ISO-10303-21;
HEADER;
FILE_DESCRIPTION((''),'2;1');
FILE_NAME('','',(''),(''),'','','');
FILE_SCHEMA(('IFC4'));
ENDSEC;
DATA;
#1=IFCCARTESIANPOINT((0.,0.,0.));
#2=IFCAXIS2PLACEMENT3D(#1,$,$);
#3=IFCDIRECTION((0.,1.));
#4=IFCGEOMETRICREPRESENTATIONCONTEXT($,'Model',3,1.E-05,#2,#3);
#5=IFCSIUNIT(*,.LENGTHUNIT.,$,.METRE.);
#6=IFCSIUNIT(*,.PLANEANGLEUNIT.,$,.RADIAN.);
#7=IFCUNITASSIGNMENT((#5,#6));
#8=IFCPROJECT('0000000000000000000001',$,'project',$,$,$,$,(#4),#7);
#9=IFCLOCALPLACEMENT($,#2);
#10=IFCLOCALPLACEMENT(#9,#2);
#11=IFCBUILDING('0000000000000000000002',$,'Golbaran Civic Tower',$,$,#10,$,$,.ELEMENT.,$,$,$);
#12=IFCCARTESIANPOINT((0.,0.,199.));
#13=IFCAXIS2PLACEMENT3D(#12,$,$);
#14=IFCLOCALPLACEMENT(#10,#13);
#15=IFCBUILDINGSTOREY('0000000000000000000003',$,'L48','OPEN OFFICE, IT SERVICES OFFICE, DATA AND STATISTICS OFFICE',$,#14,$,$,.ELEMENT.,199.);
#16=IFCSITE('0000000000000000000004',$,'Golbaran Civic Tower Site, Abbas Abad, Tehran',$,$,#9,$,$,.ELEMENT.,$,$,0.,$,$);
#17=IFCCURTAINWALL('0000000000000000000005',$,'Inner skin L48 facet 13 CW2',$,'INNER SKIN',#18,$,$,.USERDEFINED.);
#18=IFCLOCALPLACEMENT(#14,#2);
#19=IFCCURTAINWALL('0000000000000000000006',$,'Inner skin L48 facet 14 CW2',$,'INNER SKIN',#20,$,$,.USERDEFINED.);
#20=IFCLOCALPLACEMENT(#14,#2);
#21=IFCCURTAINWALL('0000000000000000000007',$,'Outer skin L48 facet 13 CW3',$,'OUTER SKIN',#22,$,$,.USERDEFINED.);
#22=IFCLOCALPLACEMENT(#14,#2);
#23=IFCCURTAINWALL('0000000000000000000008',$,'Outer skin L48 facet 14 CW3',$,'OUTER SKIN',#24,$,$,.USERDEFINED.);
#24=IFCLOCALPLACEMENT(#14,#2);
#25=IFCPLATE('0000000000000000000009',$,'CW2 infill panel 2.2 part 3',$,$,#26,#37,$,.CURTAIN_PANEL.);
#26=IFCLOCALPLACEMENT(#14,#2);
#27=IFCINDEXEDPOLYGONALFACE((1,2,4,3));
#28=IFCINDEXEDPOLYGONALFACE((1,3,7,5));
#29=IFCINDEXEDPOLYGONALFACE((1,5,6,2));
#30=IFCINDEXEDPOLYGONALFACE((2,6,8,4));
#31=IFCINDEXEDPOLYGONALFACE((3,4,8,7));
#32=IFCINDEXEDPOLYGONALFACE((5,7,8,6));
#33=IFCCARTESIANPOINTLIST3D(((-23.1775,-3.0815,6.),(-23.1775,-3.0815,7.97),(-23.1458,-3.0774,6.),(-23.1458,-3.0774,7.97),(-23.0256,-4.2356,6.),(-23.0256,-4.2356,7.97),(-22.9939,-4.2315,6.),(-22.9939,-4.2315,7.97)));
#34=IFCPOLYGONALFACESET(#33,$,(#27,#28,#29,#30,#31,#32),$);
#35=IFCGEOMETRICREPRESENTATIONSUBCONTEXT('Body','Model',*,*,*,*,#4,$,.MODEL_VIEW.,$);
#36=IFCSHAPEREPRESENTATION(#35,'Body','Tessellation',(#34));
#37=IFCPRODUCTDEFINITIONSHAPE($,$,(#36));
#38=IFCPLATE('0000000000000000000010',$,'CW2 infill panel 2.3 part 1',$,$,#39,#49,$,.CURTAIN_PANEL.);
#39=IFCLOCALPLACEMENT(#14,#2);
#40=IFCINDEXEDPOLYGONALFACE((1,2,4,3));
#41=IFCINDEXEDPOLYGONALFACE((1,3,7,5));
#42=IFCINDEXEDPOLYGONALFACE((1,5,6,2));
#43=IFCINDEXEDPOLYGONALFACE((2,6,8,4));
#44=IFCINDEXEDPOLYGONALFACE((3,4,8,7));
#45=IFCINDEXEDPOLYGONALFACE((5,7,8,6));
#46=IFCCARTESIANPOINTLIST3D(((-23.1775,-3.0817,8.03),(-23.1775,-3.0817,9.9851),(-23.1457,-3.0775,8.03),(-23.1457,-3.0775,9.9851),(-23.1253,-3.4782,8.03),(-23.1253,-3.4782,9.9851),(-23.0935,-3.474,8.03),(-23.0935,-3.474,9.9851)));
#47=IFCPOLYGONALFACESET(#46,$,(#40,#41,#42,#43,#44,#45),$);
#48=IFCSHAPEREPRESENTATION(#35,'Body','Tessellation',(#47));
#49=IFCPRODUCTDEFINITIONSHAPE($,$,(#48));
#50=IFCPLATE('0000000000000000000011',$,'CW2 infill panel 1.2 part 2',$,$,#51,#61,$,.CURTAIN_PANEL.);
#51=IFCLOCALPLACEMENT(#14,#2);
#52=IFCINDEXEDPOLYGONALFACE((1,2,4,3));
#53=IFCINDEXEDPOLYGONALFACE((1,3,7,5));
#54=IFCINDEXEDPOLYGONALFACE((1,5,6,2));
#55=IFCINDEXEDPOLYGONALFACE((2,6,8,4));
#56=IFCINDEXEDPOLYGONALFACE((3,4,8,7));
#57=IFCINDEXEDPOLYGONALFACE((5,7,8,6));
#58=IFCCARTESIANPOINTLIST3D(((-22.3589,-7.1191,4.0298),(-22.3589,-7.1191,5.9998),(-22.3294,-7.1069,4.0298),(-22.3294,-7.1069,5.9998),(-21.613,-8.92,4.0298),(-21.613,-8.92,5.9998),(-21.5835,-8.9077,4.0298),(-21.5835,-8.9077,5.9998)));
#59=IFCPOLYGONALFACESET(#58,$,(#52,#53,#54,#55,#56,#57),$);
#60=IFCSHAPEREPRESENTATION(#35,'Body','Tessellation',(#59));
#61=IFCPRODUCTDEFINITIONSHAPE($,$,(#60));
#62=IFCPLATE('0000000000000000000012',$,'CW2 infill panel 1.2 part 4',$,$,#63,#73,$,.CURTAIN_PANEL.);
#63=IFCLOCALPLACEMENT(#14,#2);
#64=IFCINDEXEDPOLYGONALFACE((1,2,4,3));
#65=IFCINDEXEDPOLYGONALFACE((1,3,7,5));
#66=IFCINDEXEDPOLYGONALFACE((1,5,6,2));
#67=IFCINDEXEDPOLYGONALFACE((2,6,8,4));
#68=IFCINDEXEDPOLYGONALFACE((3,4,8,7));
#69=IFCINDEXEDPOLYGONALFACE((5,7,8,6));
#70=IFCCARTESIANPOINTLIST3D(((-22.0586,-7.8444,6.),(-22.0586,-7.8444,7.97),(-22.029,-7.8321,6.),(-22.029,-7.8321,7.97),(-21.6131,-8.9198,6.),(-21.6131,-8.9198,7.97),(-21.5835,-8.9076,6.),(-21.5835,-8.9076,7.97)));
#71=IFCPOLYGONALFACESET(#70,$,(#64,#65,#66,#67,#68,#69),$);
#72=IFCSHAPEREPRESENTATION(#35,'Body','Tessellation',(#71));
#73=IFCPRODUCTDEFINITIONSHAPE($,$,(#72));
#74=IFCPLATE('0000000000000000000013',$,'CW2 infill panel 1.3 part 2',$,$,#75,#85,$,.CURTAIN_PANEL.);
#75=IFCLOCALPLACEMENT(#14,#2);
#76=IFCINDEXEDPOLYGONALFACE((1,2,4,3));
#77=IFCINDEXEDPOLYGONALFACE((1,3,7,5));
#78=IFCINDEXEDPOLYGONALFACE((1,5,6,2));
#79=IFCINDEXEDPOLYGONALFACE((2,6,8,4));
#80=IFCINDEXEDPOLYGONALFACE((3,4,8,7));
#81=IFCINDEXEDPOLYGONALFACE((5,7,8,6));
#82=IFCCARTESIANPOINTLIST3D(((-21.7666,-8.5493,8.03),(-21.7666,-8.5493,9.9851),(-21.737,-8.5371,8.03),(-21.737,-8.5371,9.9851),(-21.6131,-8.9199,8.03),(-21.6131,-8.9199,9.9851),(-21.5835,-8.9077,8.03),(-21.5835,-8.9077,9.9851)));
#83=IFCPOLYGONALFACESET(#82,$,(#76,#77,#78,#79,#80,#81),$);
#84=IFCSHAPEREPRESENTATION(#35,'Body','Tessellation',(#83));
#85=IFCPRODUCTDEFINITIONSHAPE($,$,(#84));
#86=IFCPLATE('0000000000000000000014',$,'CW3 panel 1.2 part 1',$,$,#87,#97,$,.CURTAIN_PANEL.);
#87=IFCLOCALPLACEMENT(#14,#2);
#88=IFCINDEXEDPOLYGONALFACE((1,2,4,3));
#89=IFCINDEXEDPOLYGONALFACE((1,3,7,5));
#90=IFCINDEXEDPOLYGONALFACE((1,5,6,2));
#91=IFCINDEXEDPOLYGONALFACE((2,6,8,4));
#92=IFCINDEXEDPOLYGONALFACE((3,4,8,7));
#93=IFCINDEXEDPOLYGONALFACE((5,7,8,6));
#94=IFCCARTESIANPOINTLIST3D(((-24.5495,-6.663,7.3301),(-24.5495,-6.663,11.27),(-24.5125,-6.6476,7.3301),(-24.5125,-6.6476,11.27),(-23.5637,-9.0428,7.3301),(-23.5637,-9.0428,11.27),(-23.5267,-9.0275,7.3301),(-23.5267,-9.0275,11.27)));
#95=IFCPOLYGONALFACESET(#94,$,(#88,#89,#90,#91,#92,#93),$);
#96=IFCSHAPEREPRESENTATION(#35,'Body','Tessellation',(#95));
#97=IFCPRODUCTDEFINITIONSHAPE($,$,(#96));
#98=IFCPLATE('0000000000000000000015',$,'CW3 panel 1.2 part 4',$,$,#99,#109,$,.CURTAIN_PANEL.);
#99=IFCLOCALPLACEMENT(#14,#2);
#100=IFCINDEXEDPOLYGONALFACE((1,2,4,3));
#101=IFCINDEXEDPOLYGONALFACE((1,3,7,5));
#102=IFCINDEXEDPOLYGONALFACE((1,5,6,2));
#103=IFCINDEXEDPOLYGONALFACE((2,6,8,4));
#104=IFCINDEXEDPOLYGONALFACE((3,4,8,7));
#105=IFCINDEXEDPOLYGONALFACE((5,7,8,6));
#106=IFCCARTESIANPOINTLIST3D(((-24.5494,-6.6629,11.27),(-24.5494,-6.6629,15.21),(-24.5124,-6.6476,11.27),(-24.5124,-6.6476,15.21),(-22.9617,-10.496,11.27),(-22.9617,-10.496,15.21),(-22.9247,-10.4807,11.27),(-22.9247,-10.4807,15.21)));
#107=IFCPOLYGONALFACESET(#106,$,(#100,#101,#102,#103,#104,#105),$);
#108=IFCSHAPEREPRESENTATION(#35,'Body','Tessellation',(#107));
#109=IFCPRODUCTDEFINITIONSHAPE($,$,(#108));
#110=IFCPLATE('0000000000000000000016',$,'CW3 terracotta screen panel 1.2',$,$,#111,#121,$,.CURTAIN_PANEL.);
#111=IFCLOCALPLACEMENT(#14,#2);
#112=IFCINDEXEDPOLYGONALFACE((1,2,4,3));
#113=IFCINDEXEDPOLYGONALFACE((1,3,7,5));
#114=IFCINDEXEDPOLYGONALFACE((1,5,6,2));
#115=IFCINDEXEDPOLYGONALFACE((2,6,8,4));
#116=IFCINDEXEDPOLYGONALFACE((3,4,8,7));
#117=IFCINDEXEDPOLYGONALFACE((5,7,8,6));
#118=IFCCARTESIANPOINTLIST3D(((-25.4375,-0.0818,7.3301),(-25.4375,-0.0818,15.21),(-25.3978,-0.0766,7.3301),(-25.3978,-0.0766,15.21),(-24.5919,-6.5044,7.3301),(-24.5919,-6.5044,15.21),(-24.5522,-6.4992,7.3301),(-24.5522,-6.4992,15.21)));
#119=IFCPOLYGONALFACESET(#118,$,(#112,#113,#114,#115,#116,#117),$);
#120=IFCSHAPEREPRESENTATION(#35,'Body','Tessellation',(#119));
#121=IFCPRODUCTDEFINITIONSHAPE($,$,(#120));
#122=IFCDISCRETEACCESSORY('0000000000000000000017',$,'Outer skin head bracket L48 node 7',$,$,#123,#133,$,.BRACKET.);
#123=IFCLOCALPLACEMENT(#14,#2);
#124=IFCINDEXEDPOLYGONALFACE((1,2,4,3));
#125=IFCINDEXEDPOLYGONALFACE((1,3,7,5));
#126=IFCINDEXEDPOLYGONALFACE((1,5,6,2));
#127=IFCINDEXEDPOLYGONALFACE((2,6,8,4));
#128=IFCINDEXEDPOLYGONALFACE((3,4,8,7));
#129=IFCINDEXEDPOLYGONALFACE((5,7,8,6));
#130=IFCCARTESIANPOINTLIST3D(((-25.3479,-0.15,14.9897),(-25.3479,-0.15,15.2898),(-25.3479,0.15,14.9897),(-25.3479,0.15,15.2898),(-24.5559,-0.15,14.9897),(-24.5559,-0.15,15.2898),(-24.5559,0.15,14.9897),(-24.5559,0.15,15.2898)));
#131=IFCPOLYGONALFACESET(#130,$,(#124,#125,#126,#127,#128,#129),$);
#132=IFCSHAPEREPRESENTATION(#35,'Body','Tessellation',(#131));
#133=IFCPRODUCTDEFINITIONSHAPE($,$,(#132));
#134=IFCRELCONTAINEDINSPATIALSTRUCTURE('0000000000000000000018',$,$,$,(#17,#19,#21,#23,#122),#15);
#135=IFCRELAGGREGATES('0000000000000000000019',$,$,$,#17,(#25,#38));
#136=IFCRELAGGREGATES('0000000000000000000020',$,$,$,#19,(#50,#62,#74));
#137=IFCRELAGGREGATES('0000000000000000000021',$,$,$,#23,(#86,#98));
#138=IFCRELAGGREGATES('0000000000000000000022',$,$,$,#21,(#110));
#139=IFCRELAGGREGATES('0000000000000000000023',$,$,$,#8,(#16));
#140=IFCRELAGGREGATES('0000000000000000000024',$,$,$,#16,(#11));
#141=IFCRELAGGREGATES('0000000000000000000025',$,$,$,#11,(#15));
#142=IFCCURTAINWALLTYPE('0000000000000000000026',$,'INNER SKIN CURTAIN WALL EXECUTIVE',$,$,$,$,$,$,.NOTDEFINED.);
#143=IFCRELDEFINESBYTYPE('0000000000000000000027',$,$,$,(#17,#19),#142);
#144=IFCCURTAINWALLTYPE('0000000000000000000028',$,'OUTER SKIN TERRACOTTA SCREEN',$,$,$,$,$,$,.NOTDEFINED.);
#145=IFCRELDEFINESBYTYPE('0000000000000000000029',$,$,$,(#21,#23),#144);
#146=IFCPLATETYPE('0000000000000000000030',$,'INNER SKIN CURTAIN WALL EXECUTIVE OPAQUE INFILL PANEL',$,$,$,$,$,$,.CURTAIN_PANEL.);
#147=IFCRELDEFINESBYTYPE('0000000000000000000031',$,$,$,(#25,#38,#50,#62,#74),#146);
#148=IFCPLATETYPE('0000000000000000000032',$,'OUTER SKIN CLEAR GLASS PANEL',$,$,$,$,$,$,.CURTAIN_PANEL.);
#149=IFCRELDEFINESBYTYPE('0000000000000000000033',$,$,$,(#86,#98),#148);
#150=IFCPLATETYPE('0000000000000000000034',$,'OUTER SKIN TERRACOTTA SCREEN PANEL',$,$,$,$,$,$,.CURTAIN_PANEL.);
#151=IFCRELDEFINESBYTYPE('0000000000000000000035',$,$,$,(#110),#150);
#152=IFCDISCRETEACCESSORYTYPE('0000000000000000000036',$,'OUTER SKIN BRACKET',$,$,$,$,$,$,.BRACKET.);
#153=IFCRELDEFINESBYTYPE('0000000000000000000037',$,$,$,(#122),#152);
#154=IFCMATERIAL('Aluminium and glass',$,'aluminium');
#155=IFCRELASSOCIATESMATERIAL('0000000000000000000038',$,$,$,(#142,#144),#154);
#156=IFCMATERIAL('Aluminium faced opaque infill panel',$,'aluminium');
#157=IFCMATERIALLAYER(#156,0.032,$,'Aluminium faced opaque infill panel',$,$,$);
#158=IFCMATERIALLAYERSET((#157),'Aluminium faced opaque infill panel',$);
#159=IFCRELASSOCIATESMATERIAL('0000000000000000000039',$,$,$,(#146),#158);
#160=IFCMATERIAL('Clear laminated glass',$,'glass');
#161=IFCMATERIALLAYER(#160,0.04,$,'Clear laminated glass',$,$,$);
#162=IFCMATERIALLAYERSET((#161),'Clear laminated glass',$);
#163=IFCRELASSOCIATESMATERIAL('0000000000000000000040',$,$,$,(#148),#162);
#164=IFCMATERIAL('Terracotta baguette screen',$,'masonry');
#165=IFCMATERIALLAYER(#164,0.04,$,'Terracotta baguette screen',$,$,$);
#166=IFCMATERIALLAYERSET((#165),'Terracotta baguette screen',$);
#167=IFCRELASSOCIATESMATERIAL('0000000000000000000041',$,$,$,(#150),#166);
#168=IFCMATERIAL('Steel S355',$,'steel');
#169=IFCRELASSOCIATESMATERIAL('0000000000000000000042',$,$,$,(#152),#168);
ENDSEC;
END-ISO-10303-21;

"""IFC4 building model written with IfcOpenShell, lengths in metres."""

from ifc_helpers import new_model, si_unit, direction, frame, origin, origin_2d, place, context, subcontext, project, spatial, rectangle, extrude, material, layer, layer_set, type_object, element, aggregate, save


model = new_model("IFC4")

# Units and contexts
model_context = context("Model", 3, precision=1e-05, world=origin(), true_north=direction((0.0, 1.0)))
body_context = subcontext(model_context, "Body", "Model", "MODEL_VIEW")
ifc_project = project(units=[si_unit("LENGTHUNIT", "METRE"), si_unit("PLANEANGLEUNIT", "RADIAN")], contexts=[model_context])

# Site, building, storey
site_placement = place(None, origin())
site = spatial("IfcSite", under=ifc_project, at=site_placement, Name="Golbaran Civic Tower Site, Abbas Abad, Tehran", CompositionType="ELEMENT", RefElevation=0.0)
building_placement = place(site_placement, origin())
building = spatial("IfcBuilding", under=site, at=building_placement, Name="Golbaran Civic Tower", CompositionType="ELEMENT")
storey_placement = place(building_placement, frame((0.0, 0.0, 199.0)))
storey = spatial("IfcBuildingStorey", under=building, at=storey_placement, Name="L48", Description="OPEN OFFICE, IT SERVICES OFFICE, DATA AND STATISTICS OFFICE", CompositionType="ELEMENT", Elevation=199.0)

# Curtain walls
ifc_material_1 = material(Name="Aluminium and glass", Category="aluminium")
curtain_wall_type_1 = type_object("IfcCurtainWallType", Name="INNER SKIN CURTAIN WALL EXECUTIVE", PredefinedType="NOTDEFINED", material=ifc_material_1)
curtain_wall_1_placement = place(storey_placement, origin())
curtain_wall_1 = element("IfcCurtainWall", 1, at=curtain_wall_1_placement, inside=storey, type_object=curtain_wall_type_1, Name="Inner skin L48 facet 13 CW2", ObjectType="INNER SKIN", PredefinedType="USERDEFINED")
curtain_wall_2_placement = place(storey_placement, origin())
curtain_wall_2 = element("IfcCurtainWall", 2, at=curtain_wall_2_placement, inside=storey, type_object=curtain_wall_type_1, Name="Inner skin L48 facet 14 CW2", ObjectType="INNER SKIN", PredefinedType="USERDEFINED")
curtain_wall_type_2 = type_object("IfcCurtainWallType", Name="OUTER SKIN TERRACOTTA SCREEN", PredefinedType="NOTDEFINED", material=ifc_material_1)
curtain_wall_3_placement = place(storey_placement, origin())
curtain_wall_3 = element("IfcCurtainWall", 3, at=curtain_wall_3_placement, inside=storey, type_object=curtain_wall_type_2, Name="Outer skin L48 facet 13 CW3", ObjectType="OUTER SKIN", PredefinedType="USERDEFINED")
curtain_wall_4_placement = place(storey_placement, origin())
curtain_wall_4 = element("IfcCurtainWall", 4, at=curtain_wall_4_placement, inside=storey, type_object=curtain_wall_type_2, Name="Outer skin L48 facet 14 CW3", ObjectType="OUTER SKIN", PredefinedType="USERDEFINED")

# Plates
ifc_material_2 = material(Name="Aluminium faced opaque infill panel", Category="aluminium")
ifc_layer_1 = layer(ifc_material_2, 0.032, Name="Aluminium faced opaque infill panel")
ifc_layer_set_1 = layer_set([ifc_layer_1], Name="Aluminium faced opaque infill panel")
plate_type_1 = type_object("IfcPlateType", Name="INNER SKIN CURTAIN WALL EXECUTIVE OPAQUE INFILL PANEL", PredefinedType="CURTAIN_PANEL", material=ifc_layer_set_1)
plate_1_placement = place(storey_placement, frame((-23.0857, -3.6565, 6.0), z_axis=(0.0, 0.0, 1.0), x_axis=(0.130526, -0.991445, 0.0)))
plate_1 = element("IfcPlate", 5, at=plate_1_placement, type_object=plate_type_1, Name="CW2 infill panel 2.2 part 3", PredefinedType="CURTAIN_PANEL", context=body_context, shape_type="SweptSolid", body=[
    extrude(rectangle(XDim=1.1641, YDim=0.032, at=origin_2d()), origin(), (0.0, 0.0, 1.0), 1.97),
])
plate_2_placement = place(storey_placement, frame((-23.1355, -3.2778, 8.03), z_axis=(0.0, 0.0, 1.0), x_axis=(0.130526, -0.991445, 0.0)))
plate_2 = element("IfcPlate", 6, at=plate_2_placement, type_object=plate_type_1, Name="CW2 infill panel 2.3 part 1", PredefinedType="CURTAIN_PANEL", context=body_context, shape_type="SweptSolid", body=[
    extrude(rectangle(XDim=0.3999, YDim=0.032, at=origin_2d()), origin(), (0.0, 0.0, 1.0), 1.9551),
])
aggregate(curtain_wall_1, [plate_1, plate_2])
plate_3_placement = place(storey_placement, frame((-21.9712, -8.0134, 4.0298), z_axis=(0.0, 0.0, 1.0), x_axis=(0.382683, -0.92388, 0.0)))
plate_3 = element("IfcPlate", 7, at=plate_3_placement, type_object=plate_type_1, Name="CW2 infill panel 1.2 part 2", PredefinedType="CURTAIN_PANEL", context=body_context, shape_type="SweptSolid", body=[
    extrude(rectangle(XDim=1.9492, YDim=0.032, at=origin_2d()), origin(), (0.0, 0.0, 1.0), 1.97),
])
plate_4_placement = place(storey_placement, frame((-21.821, -8.376, 6.0), z_axis=(0.0, 0.0, 1.0), x_axis=(0.382683, -0.92388, 0.0)))
plate_4 = element("IfcPlate", 8, at=plate_4_placement, type_object=plate_type_1, Name="CW2 infill panel 1.2 part 4", PredefinedType="CURTAIN_PANEL", context=body_context, shape_type="SweptSolid", body=[
    extrude(rectangle(XDim=1.1641, YDim=0.032, at=origin_2d()), origin(), (0.0, 0.0, 1.0), 1.97),
])
plate_5_placement = place(storey_placement, frame((-21.675, -8.7285, 8.03), z_axis=(0.0, 0.0, 1.0), x_axis=(0.382683, -0.92388, 0.0)))
plate_5 = element("IfcPlate", 9, at=plate_5_placement, type_object=plate_type_1, Name="CW2 infill panel 1.3 part 2", PredefinedType="CURTAIN_PANEL", context=body_context, shape_type="SweptSolid", body=[
    extrude(rectangle(XDim=0.4011, YDim=0.032, at=origin_2d()), origin(), (0.0, 0.0, 1.0), 1.9551),
])
aggregate(curtain_wall_2, [plate_3, plate_4, plate_5])
ifc_material_3 = material(Name="Clear laminated glass", Category="glass")
ifc_layer_2 = layer(ifc_material_3, 0.04, Name="Clear laminated glass")
ifc_layer_set_2 = layer_set([ifc_layer_2], Name="Clear laminated glass")
plate_type_2 = type_object("IfcPlateType", Name="OUTER SKIN CLEAR GLASS PANEL", PredefinedType="CURTAIN_PANEL", material=ifc_layer_set_2)
plate_6_placement = place(storey_placement, frame((-24.0381, -7.8452, 7.3301), z_axis=(0.0, 0.0, 1.0), x_axis=(0.382683, -0.92388, 0.0)))
plate_6 = element("IfcPlate", 10, at=plate_6_placement, type_object=plate_type_2, Name="CW3 panel 1.2 part 1", PredefinedType="CURTAIN_PANEL", context=body_context, shape_type="SweptSolid", body=[
    extrude(rectangle(XDim=2.5759, YDim=0.04, at=origin_2d()), origin(), (0.0, 0.0, 1.0), 3.9399),
])
plate_7_placement = place(storey_placement, frame((-23.7371, -8.5718, 11.27), z_axis=(0.0, 0.0, 1.0), x_axis=(0.382683, -0.92388, 0.0)))
plate_7 = element("IfcPlate", 11, at=plate_7_placement, type_object=plate_type_2, Name="CW3 panel 1.2 part 4", PredefinedType="CURTAIN_PANEL", context=body_context, shape_type="SweptSolid", body=[
    extrude(rectangle(XDim=4.1489, YDim=0.04, at=origin_2d()), origin(), (0.0, 0.0, 1.0), 3.9399),
])
aggregate(curtain_wall_4, [plate_6, plate_7])
ifc_material_4 = material(Name="Terracotta baguette screen", Category="masonry")
ifc_layer_3 = layer(ifc_material_4, 0.04, Name="Terracotta baguette screen")
ifc_layer_set_3 = layer_set([ifc_layer_3], Name="Terracotta baguette screen")
plate_type_3 = type_object("IfcPlateType", Name="OUTER SKIN TERRACOTTA SCREEN PANEL", PredefinedType="CURTAIN_PANEL", material=ifc_layer_set_3)
plate_8_placement = place(storey_placement, frame((-24.9949, -3.2905, 7.3301), z_axis=(0.0, 0.0, 1.0), x_axis=(0.130526, -0.991445, 0.0)))
plate_8 = element("IfcPlate", 12, at=plate_8_placement, type_object=plate_type_3, Name="CW3 terracotta screen panel 1.2", PredefinedType="CURTAIN_PANEL", context=body_context, shape_type="SweptSolid", body=[
    extrude(rectangle(XDim=6.478, YDim=0.04, at=origin_2d()), origin(), (0.0, 0.0, 1.0), 7.8799),
])
aggregate(curtain_wall_3, [plate_8])

# Discrete accessory
ifc_material_5 = material(Name="Steel S355", Category="steel")
discrete_accessory_type = type_object("IfcDiscreteAccessoryType", Name="OUTER SKIN BRACKET", PredefinedType="BRACKET", material=ifc_material_5)
discrete_accessory_placement = place(storey_placement, frame((-24.9519, 0.0, 14.9897), z_axis=(0.0, 0.0, 1.0), x_axis=(-1.0, 0.0, 0.0)))
element("IfcDiscreteAccessory", 13, at=discrete_accessory_placement, inside=storey, type_object=discrete_accessory_type, Name="Outer skin head bracket L48 node 7", PredefinedType="BRACKET", context=body_context, shape_type="SweptSolid", body=[
    extrude(rectangle(XDim=0.792, YDim=0.3, at=origin_2d()), origin(), (0.0, 0.0, 1.0), 0.3),
])

save(model, "model.ifc")
